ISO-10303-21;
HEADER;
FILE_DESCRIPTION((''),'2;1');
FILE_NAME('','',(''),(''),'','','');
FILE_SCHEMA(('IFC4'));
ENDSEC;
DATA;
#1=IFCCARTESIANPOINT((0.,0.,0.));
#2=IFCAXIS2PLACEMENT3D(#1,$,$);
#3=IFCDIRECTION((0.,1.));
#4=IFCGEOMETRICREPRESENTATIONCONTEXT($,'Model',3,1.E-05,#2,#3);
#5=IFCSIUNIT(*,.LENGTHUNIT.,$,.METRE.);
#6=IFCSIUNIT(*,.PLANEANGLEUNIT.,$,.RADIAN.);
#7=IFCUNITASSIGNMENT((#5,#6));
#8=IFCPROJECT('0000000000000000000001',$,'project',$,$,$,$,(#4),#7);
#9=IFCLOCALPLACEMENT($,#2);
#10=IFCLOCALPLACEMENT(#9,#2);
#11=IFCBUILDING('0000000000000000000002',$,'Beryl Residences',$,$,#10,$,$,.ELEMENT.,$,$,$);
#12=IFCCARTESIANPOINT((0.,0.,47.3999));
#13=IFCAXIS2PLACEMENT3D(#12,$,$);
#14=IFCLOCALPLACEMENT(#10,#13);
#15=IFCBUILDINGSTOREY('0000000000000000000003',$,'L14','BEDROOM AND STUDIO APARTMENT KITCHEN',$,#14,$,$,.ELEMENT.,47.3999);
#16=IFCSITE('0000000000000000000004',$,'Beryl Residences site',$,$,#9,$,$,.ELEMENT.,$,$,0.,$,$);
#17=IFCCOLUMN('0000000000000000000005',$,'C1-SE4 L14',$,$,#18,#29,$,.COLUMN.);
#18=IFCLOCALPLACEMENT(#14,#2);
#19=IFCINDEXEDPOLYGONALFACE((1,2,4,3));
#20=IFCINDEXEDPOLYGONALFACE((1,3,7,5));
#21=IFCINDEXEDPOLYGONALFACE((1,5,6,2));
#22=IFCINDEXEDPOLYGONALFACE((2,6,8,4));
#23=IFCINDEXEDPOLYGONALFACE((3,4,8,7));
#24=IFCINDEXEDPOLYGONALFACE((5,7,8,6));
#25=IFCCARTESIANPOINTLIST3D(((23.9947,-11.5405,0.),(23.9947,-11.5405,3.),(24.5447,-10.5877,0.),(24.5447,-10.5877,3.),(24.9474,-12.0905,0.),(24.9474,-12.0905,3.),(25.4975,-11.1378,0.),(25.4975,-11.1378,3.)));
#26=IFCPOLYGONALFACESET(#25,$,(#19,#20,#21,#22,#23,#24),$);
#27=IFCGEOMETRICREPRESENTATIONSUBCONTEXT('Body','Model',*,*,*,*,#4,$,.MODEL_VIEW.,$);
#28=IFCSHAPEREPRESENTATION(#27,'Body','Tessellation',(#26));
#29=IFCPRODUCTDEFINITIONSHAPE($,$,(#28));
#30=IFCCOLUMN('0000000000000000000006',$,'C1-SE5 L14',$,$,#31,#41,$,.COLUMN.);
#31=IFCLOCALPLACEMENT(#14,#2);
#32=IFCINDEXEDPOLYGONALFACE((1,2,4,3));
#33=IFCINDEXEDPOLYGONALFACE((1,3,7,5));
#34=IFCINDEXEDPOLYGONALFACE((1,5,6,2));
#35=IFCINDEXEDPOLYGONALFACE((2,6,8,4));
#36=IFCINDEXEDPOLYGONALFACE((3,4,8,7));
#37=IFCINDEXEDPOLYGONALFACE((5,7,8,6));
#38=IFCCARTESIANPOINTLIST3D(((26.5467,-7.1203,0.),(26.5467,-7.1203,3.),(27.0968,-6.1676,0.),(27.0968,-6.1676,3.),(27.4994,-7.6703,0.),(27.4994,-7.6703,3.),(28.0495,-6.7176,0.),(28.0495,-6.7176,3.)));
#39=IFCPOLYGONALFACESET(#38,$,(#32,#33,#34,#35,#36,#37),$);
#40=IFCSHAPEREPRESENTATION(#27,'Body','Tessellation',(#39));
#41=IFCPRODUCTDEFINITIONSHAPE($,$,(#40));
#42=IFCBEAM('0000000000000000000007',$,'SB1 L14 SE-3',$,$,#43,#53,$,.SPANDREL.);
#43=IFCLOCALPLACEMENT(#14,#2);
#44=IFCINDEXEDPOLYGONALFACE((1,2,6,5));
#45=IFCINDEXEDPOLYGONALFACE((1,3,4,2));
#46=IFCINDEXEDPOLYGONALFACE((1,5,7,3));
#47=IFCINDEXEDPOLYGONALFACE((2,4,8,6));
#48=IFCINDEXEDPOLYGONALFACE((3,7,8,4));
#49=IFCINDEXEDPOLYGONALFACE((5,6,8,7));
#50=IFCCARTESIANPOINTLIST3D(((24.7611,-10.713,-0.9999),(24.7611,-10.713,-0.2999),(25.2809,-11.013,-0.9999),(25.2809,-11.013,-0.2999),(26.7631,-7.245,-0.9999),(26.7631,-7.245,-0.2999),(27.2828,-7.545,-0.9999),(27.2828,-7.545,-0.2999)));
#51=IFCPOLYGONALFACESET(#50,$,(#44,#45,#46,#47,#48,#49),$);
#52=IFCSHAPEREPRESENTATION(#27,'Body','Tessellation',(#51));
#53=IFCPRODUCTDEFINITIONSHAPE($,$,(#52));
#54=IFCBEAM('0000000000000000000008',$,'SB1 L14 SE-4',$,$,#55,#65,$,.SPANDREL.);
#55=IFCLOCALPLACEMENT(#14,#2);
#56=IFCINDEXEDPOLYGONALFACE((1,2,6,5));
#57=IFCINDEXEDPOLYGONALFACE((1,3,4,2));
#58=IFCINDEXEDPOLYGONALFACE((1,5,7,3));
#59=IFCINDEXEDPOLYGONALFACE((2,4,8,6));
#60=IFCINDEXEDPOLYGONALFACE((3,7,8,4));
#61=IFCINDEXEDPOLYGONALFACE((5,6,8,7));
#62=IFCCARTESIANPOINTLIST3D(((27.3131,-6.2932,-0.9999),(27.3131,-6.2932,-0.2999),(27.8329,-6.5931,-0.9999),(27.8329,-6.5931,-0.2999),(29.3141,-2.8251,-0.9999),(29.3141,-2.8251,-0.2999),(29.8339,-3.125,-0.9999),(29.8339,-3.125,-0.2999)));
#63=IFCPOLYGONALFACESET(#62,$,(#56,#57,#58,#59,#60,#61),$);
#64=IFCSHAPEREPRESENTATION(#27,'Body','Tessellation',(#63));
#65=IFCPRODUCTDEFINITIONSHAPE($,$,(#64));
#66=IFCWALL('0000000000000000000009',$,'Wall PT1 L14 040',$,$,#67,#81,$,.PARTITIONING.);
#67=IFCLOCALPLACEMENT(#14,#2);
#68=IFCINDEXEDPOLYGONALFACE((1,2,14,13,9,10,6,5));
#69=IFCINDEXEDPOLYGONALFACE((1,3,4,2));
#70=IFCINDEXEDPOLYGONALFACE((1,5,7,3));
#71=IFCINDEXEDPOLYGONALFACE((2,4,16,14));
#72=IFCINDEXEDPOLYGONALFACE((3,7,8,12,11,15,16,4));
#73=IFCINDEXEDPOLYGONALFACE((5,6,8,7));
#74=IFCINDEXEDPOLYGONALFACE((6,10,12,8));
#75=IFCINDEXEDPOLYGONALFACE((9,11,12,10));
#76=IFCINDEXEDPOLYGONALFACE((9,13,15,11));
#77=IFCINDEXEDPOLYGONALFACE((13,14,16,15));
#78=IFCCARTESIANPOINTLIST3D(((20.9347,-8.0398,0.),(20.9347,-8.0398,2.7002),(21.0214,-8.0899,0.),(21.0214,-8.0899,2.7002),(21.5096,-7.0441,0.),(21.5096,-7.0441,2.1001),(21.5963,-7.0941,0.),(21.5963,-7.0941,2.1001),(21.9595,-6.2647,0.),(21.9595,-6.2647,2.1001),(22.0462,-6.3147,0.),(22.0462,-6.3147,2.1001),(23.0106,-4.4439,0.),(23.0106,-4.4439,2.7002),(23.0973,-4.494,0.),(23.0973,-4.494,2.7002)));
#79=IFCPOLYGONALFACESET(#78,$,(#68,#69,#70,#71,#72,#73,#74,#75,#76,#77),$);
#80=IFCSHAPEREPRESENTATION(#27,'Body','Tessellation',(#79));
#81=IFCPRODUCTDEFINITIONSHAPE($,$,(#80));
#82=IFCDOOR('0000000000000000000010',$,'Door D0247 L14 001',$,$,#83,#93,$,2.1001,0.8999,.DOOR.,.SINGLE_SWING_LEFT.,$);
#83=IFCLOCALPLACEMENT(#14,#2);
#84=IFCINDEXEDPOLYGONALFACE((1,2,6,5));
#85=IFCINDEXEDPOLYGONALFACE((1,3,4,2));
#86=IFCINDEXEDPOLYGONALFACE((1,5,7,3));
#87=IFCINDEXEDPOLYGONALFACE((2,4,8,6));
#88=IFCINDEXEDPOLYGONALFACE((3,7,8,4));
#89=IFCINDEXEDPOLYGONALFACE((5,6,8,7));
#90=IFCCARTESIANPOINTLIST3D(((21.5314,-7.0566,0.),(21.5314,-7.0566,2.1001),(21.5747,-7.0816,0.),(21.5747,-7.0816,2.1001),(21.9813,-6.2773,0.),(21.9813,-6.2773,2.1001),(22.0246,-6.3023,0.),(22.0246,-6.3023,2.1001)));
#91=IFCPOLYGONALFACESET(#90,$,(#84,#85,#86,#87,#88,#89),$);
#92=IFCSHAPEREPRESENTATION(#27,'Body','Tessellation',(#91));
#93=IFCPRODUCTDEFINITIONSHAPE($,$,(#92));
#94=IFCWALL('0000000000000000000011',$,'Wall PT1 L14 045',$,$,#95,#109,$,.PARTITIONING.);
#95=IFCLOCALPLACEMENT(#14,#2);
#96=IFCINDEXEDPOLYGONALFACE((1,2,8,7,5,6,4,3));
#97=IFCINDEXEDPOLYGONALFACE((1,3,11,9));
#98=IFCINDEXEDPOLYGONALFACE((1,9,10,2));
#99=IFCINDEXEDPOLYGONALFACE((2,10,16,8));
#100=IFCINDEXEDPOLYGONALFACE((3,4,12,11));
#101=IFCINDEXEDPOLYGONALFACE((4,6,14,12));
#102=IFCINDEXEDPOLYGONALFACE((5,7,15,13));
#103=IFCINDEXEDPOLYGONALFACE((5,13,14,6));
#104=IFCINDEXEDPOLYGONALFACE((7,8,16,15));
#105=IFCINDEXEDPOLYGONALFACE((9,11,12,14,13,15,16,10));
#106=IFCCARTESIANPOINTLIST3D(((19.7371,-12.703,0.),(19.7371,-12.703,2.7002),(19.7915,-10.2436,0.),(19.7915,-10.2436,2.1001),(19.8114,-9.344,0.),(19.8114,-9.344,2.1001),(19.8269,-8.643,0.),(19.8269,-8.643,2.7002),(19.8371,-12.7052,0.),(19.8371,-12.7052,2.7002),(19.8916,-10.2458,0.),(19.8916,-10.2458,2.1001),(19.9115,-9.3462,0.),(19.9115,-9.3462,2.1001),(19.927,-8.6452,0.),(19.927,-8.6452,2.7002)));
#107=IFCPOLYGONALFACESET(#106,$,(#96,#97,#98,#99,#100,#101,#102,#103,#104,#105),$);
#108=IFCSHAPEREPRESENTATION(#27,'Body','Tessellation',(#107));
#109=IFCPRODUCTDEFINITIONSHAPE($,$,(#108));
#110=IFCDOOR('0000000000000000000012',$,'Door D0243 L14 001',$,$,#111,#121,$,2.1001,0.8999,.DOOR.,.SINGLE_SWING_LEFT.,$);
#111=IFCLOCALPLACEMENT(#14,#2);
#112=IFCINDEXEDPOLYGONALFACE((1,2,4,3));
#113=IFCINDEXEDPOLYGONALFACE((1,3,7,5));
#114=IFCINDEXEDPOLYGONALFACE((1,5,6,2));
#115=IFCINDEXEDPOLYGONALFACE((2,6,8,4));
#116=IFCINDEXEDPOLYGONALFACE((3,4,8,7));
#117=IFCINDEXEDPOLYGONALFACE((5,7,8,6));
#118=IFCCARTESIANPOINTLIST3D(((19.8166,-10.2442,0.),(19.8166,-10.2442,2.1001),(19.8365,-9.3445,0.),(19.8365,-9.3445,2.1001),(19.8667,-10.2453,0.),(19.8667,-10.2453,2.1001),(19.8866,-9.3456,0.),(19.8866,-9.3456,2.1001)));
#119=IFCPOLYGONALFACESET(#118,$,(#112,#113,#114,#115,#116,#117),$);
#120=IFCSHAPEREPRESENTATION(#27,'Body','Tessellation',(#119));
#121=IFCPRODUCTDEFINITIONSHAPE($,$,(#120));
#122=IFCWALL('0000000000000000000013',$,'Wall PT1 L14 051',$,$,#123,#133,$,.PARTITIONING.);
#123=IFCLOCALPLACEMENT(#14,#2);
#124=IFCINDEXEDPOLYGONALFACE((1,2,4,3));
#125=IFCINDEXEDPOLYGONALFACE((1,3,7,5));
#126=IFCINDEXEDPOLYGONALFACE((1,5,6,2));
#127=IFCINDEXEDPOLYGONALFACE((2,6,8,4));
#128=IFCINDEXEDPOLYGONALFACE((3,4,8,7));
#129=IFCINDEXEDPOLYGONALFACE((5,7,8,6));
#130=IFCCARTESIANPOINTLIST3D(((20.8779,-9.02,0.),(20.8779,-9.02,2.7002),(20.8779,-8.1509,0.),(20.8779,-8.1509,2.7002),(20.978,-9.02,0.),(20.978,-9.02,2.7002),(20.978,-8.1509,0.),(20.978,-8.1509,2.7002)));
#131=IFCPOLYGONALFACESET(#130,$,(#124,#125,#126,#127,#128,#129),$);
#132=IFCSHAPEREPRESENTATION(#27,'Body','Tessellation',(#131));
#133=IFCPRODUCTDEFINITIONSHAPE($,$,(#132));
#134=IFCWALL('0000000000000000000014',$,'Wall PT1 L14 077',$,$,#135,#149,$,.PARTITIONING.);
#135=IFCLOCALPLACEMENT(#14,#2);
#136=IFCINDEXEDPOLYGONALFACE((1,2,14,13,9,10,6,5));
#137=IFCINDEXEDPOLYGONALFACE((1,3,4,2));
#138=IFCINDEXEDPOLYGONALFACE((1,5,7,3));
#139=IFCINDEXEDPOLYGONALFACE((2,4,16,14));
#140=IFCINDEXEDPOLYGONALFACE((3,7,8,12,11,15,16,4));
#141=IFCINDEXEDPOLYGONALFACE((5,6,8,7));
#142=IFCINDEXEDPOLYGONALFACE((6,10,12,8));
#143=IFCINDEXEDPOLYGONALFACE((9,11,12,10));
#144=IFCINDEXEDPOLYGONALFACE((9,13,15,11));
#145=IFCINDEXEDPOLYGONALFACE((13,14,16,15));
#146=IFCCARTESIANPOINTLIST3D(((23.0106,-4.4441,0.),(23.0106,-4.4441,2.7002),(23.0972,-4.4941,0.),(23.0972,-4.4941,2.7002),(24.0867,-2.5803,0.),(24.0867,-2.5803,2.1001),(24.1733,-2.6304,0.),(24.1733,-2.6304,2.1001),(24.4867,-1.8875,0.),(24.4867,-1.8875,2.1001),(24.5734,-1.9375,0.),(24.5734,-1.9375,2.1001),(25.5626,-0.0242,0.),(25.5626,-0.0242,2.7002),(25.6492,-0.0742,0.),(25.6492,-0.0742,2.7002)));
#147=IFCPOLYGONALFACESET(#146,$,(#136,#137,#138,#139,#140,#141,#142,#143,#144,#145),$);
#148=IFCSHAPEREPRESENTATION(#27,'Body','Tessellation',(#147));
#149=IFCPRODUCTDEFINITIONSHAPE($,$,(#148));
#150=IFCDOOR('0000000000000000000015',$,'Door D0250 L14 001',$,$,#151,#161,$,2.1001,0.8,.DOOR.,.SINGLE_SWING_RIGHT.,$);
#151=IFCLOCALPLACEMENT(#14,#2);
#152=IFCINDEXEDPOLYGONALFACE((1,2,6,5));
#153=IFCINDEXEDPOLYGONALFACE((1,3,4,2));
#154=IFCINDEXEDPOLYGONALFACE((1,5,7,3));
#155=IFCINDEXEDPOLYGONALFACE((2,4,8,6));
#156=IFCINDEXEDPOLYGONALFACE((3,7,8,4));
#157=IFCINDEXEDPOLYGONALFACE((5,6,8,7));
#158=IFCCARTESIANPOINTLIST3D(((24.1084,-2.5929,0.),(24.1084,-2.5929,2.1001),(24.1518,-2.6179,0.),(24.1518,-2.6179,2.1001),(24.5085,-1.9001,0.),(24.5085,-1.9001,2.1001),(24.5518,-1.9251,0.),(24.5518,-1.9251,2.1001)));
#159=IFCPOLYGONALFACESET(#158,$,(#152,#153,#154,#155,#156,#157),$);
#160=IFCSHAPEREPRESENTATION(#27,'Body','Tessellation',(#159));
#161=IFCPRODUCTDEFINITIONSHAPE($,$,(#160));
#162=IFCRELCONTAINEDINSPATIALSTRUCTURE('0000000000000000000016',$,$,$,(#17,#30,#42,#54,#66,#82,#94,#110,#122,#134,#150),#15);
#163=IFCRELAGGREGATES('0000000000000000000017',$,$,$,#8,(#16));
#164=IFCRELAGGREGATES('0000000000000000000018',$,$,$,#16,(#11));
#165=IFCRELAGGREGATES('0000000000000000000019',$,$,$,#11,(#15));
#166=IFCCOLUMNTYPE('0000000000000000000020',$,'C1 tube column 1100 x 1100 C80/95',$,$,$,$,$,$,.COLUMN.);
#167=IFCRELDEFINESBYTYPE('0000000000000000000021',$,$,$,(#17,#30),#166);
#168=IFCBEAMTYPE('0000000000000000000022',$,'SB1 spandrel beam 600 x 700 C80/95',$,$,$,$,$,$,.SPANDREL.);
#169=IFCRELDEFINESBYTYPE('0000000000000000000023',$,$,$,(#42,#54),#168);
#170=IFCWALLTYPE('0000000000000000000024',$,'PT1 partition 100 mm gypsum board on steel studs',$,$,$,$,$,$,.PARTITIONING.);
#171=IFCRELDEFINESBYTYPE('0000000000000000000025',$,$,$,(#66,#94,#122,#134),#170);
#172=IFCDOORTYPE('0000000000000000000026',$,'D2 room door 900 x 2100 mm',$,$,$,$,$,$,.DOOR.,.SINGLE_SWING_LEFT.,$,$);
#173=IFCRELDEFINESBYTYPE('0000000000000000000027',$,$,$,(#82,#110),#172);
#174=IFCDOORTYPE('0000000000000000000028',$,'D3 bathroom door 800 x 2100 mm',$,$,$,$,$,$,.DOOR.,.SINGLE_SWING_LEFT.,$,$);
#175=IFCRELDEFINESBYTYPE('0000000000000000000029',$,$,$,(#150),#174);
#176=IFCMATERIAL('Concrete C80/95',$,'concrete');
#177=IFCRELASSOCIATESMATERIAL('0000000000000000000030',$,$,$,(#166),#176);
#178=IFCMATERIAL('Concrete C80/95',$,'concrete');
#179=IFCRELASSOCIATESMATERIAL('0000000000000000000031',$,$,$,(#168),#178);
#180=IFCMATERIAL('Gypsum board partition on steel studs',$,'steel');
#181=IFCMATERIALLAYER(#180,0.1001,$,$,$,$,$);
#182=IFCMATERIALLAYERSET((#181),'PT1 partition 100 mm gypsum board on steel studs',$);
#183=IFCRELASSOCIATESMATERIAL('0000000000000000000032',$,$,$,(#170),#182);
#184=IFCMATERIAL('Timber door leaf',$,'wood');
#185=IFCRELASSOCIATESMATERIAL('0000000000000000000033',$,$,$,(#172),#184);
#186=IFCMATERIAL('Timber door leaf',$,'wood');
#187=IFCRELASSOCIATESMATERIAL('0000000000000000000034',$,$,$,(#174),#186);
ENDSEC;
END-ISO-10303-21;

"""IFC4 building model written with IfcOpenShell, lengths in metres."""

from ifc_helpers import new_model, si_unit, direction, frame, frame_2d, origin, origin_2d, place, context, subcontext, project, spatial, rectangle, extrude, material, layer, layer_set, material_profile, profile_set, type_object, element, fill, save


model = new_model("IFC4")

# Units and contexts
model_context = context("Model", 3, precision=1e-05, world=origin(), true_north=direction((0.0, 1.0)))
body_context = subcontext(model_context, "Body", "Model", "MODEL_VIEW")
ifc_project = project(units=[si_unit("LENGTHUNIT", "METRE"), si_unit("PLANEANGLEUNIT", "RADIAN")], contexts=[model_context])

# Site, building, storey
site_placement = place(None, origin())
site = spatial("IfcSite", under=ifc_project, at=site_placement, Name="Beryl Residences site", CompositionType="ELEMENT", RefElevation=0.0)
building_placement = place(site_placement, origin())
building = spatial("IfcBuilding", under=site, at=building_placement, Name="Beryl Residences", CompositionType="ELEMENT")
storey_placement = place(building_placement, frame((0.0, 0.0, 47.3999)))
storey = spatial("IfcBuildingStorey", under=building, at=storey_placement, Name="L14", Description="BEDROOM AND STUDIO APARTMENT KITCHEN", CompositionType="ELEMENT", Elevation=47.3999)

# Columns
ifc_material_1 = material(Name="Concrete C80/95", Category="concrete")
ifc_material_profile_1 = material_profile(ifc_material_1, rectangle(XDim=1.1001, YDim=1.1001, at=origin_2d()))
ifc_profile_set_1 = profile_set([ifc_material_profile_1], Name="Concrete C80/95")
column_type = type_object("IfcColumnType", Name="C1 tube column 1100 x 1100 C80/95", PredefinedType="COLUMN", material=ifc_profile_set_1)
for number, where, z_axis, x_axis, name in (
    (1, (24.7461, -11.3391, 0.0), (0.0, 0.0, 1.0), (0.499985, 0.866034, 0.0), "C1-SE4 L14"),
    (2, (27.2981, -6.9189, 0.0), (0.0, 0.0, 1.0), (0.499985, 0.866034, 0.0), "C1-SE5 L14"),
):
    element("IfcColumn", number, at=place(storey_placement, frame(where, z_axis=z_axis, x_axis=x_axis)), inside=storey, type_object=column_type, Name=name, PredefinedType="COLUMN", context=body_context, shape_type="SweptSolid", body=[
        extrude(rectangle(XDim=1.1001, YDim=1.1001, at=origin_2d()), origin(), (0.0, 0.0, 1.0), 3.0),
    ])

# Beams
ifc_material_2 = material(Name="Concrete C80/95", Category="concrete")
ifc_material_profile_2 = material_profile(ifc_material_2, rectangle(XDim=0.6001, YDim=0.7, at=origin_2d()))
ifc_profile_set_2 = profile_set([ifc_material_profile_2], Name="Concrete C80/95")
beam_type = type_object("IfcBeamType", Name="SB1 spandrel beam 600 x 700 C80/95", PredefinedType="SPANDREL", material=ifc_profile_set_2)
beam_1_placement = place(storey_placement, frame((25.021, -10.863, -0.6499), z_axis=(0.499942, 0.866059, 0.0), x_axis=(-0.866059, 0.499942, 0.0)))
element("IfcBeam", 3, at=beam_1_placement, inside=storey, type_object=beam_type, Name="SB1 L14 SE-3", PredefinedType="SPANDREL", context=body_context, shape_type="SweptSolid", body=[
    extrude(rectangle(XDim=0.6001, YDim=0.7, at=origin_2d()), origin(), (0.0, 0.0, 1.0), 4.0044),
])
beam_2_placement = place(storey_placement, frame((27.573, -6.4431, -0.6499), z_axis=(0.499759, 0.866164, 0.0), x_axis=(-0.866164, 0.499759, 0.0)))
element("IfcBeam", 4, at=beam_2_placement, inside=storey, type_object=beam_type, Name="SB1 L14 SE-4", PredefinedType="SPANDREL", context=body_context, shape_type="SweptSolid", body=[
    extrude(rectangle(XDim=0.6001, YDim=0.7, at=origin_2d()), origin(), (0.0, 0.0, 1.0), 4.0039),
])

# Walls, openings, doors
ifc_material_3 = material(Name="Gypsum board partition on steel studs", Category="steel")
ifc_layer = layer(ifc_material_3, 0.1001)
ifc_layer_set = layer_set([ifc_layer], Name="PT1 partition 100 mm gypsum board on steel studs")
wall_type = type_object("IfcWallType", Name="PT1 partition 100 mm gypsum board on steel studs", PredefinedType="PARTITIONING", material=ifc_layer_set)
wall_1_placement = place(storey_placement, frame((20.978, -8.0649, 0.0), z_axis=(0.0, 0.0, 1.0), x_axis=(0.499965, 0.866046, 0.0)))
wall_1 = element("IfcWall", 5, at=wall_1_placement, inside=storey, type_object=wall_type, Name="Wall PT1 L14 040", PredefinedType="PARTITIONING", context=body_context, shape_type="SweptSolid", body=[
    extrude(rectangle(XDim=4.1521, YDim=0.1001, at=frame_2d((2.0762, 0.0))), origin(), (0.0, 0.0, 1.0), 2.7002),
])
opening_1_placement = place(wall_1_placement, frame((1.1499, 0.0, 0.0)))
opening_1 = element("IfcOpeningElement", 6, at=opening_1_placement, cuts=wall_1, PredefinedType="OPENING", context=body_context, shape_type="SweptSolid", body=[
    extrude(rectangle(XDim=0.8999, YDim=2.1001, at=frame_2d((0.45, 1.05))), frame((0.0, 0.0601, 0.0), z_axis=(0.0, -1.0, 0.0), x_axis=(1.0, 0.0, 0.0)), (0.0, 0.0, 1.0), 0.1201),
])
ifc_material_4 = material(Name="Timber door leaf", Category="wood")
door_type_1 = type_object("IfcDoorType", Name="D2 room door 900 x 2100 mm", OperationType="SINGLE_SWING_LEFT", PredefinedType="DOOR", material=ifc_material_4)
door_1_placement = place(opening_1_placement, origin())
door_1 = element("IfcDoor", 7, at=door_1_placement, inside=storey, type_object=door_type_1, Name="Door D0247 L14 001", OperationType="SINGLE_SWING_LEFT", OverallHeight=2.1001, OverallWidth=0.8999, PredefinedType="DOOR", context=body_context, shape_type="SweptSolid", body=[
    extrude(rectangle(XDim=0.8999, YDim=2.1001, at=frame_2d((0.45, 1.05))), frame((0.0, 0.0249, 0.0), z_axis=(0.0, -1.0, 0.0), x_axis=(1.0, 0.0, 0.0)), (0.0, 0.0, 1.0), 0.05),
])
fill(opening_1, door_1)
wall_2_placement = place(storey_placement, frame((19.7871, -12.7041, 0.0), z_axis=(0.0, 0.0, 1.0), x_axis=(0.022123, 0.999755, 0.0)))
wall_2 = element("IfcWall", 8, at=wall_2_placement, inside=storey, type_object=wall_type, Name="Wall PT1 L14 045", PredefinedType="PARTITIONING", context=body_context, shape_type="SweptSolid", body=[
    extrude(rectangle(XDim=4.061, YDim=0.1001, at=frame_2d((2.0305, 0.0))), origin(), (0.0, 0.0, 1.0), 2.7002),
])
opening_2_placement = place(wall_2_placement, frame((2.46, 0.0, 0.0)))
opening_2 = element("IfcOpeningElement", 9, at=opening_2_placement, cuts=wall_2, PredefinedType="OPENING", context=body_context, shape_type="SweptSolid", body=[
    extrude(rectangle(XDim=0.8999, YDim=2.1001, at=frame_2d((0.45, 1.05))), frame((0.0, 0.0601, 0.0), z_axis=(0.0, -1.0, 0.0), x_axis=(1.0, 0.0, 0.0)), (0.0, 0.0, 1.0), 0.1201),
])
door_2_placement = place(opening_2_placement, origin())
door_2 = element("IfcDoor", 10, at=door_2_placement, inside=storey, type_object=door_type_1, Name="Door D0243 L14 001", OperationType="SINGLE_SWING_LEFT", OverallHeight=2.1001, OverallWidth=0.8999, PredefinedType="DOOR", context=body_context, shape_type="SweptSolid", body=[
    extrude(rectangle(XDim=0.8999, YDim=2.1001, at=frame_2d((0.45, 1.05))), frame((0.0, 0.0249, 0.0), z_axis=(0.0, -1.0, 0.0), x_axis=(1.0, 0.0, 0.0)), (0.0, 0.0, 1.0), 0.05),
])
fill(opening_2, door_2)

# Wall
wall_3_placement = place(storey_placement, frame((20.928, -9.02, 0.0), z_axis=(0.0, 0.0, 1.0), x_axis=(0.0, 1.0, 0.0)))
element("IfcWall", 11, at=wall_3_placement, inside=storey, type_object=wall_type, Name="Wall PT1 L14 051", PredefinedType="PARTITIONING", context=body_context, shape_type="SweptSolid", body=[
    extrude(rectangle(XDim=0.8691, YDim=0.1001, at=frame_2d((0.4346, 0.0))), origin(), (0.0, 0.0, 1.0), 2.7002),
])

# Wall, opening, door
wall_4_placement = place(storey_placement, frame((23.054, -4.469, 0.0), z_axis=(0.0, 0.0, 1.0), x_axis=(0.500023, 0.866012, 0.0)))
wall_4 = element("IfcWall", 12, at=wall_4_placement, inside=storey, type_object=wall_type, Name="Wall PT1 L14 077", PredefinedType="PARTITIONING", context=body_context, shape_type="SweptSolid", body=[
    extrude(rectangle(XDim=5.1038, YDim=0.1001, at=frame_2d((2.5518, 0.0))), origin(), (0.0, 0.0, 1.0), 2.7002),
])
opening_3_placement = place(wall_4_placement, frame((2.1521, 0.0, 0.0)))
opening_3 = element("IfcOpeningElement", 13, at=opening_3_placement, cuts=wall_4, PredefinedType="OPENING", context=body_context, shape_type="SweptSolid", body=[
    extrude(rectangle(XDim=0.8, YDim=2.1001, at=frame_2d((0.3999, 1.05))), frame((0.0, 0.0601, 0.0), z_axis=(0.0, -1.0, 0.0), x_axis=(1.0, 0.0, 0.0)), (0.0, 0.0, 1.0), 0.1201),
])
ifc_material_5 = material(Name="Timber door leaf", Category="wood")
door_type_2 = type_object("IfcDoorType", Name="D3 bathroom door 800 x 2100 mm", OperationType="SINGLE_SWING_LEFT", PredefinedType="DOOR", material=ifc_material_5)
door_3_placement = place(opening_3_placement, origin())
door_3 = element("IfcDoor", 14, at=door_3_placement, inside=storey, type_object=door_type_2, Name="Door D0250 L14 001", OperationType="SINGLE_SWING_RIGHT", OverallHeight=2.1001, OverallWidth=0.8, PredefinedType="DOOR", context=body_context, shape_type="SweptSolid", body=[
    extrude(rectangle(XDim=0.8, YDim=2.1001, at=frame_2d((0.3999, 1.05))), frame((0.0, 0.0249, 0.0), z_axis=(0.0, -1.0, 0.0), x_axis=(1.0, 0.0, 0.0)), (0.0, 0.0, 1.0), 0.05),
])
fill(opening_3, door_3)

save(model, "model.ifc")
